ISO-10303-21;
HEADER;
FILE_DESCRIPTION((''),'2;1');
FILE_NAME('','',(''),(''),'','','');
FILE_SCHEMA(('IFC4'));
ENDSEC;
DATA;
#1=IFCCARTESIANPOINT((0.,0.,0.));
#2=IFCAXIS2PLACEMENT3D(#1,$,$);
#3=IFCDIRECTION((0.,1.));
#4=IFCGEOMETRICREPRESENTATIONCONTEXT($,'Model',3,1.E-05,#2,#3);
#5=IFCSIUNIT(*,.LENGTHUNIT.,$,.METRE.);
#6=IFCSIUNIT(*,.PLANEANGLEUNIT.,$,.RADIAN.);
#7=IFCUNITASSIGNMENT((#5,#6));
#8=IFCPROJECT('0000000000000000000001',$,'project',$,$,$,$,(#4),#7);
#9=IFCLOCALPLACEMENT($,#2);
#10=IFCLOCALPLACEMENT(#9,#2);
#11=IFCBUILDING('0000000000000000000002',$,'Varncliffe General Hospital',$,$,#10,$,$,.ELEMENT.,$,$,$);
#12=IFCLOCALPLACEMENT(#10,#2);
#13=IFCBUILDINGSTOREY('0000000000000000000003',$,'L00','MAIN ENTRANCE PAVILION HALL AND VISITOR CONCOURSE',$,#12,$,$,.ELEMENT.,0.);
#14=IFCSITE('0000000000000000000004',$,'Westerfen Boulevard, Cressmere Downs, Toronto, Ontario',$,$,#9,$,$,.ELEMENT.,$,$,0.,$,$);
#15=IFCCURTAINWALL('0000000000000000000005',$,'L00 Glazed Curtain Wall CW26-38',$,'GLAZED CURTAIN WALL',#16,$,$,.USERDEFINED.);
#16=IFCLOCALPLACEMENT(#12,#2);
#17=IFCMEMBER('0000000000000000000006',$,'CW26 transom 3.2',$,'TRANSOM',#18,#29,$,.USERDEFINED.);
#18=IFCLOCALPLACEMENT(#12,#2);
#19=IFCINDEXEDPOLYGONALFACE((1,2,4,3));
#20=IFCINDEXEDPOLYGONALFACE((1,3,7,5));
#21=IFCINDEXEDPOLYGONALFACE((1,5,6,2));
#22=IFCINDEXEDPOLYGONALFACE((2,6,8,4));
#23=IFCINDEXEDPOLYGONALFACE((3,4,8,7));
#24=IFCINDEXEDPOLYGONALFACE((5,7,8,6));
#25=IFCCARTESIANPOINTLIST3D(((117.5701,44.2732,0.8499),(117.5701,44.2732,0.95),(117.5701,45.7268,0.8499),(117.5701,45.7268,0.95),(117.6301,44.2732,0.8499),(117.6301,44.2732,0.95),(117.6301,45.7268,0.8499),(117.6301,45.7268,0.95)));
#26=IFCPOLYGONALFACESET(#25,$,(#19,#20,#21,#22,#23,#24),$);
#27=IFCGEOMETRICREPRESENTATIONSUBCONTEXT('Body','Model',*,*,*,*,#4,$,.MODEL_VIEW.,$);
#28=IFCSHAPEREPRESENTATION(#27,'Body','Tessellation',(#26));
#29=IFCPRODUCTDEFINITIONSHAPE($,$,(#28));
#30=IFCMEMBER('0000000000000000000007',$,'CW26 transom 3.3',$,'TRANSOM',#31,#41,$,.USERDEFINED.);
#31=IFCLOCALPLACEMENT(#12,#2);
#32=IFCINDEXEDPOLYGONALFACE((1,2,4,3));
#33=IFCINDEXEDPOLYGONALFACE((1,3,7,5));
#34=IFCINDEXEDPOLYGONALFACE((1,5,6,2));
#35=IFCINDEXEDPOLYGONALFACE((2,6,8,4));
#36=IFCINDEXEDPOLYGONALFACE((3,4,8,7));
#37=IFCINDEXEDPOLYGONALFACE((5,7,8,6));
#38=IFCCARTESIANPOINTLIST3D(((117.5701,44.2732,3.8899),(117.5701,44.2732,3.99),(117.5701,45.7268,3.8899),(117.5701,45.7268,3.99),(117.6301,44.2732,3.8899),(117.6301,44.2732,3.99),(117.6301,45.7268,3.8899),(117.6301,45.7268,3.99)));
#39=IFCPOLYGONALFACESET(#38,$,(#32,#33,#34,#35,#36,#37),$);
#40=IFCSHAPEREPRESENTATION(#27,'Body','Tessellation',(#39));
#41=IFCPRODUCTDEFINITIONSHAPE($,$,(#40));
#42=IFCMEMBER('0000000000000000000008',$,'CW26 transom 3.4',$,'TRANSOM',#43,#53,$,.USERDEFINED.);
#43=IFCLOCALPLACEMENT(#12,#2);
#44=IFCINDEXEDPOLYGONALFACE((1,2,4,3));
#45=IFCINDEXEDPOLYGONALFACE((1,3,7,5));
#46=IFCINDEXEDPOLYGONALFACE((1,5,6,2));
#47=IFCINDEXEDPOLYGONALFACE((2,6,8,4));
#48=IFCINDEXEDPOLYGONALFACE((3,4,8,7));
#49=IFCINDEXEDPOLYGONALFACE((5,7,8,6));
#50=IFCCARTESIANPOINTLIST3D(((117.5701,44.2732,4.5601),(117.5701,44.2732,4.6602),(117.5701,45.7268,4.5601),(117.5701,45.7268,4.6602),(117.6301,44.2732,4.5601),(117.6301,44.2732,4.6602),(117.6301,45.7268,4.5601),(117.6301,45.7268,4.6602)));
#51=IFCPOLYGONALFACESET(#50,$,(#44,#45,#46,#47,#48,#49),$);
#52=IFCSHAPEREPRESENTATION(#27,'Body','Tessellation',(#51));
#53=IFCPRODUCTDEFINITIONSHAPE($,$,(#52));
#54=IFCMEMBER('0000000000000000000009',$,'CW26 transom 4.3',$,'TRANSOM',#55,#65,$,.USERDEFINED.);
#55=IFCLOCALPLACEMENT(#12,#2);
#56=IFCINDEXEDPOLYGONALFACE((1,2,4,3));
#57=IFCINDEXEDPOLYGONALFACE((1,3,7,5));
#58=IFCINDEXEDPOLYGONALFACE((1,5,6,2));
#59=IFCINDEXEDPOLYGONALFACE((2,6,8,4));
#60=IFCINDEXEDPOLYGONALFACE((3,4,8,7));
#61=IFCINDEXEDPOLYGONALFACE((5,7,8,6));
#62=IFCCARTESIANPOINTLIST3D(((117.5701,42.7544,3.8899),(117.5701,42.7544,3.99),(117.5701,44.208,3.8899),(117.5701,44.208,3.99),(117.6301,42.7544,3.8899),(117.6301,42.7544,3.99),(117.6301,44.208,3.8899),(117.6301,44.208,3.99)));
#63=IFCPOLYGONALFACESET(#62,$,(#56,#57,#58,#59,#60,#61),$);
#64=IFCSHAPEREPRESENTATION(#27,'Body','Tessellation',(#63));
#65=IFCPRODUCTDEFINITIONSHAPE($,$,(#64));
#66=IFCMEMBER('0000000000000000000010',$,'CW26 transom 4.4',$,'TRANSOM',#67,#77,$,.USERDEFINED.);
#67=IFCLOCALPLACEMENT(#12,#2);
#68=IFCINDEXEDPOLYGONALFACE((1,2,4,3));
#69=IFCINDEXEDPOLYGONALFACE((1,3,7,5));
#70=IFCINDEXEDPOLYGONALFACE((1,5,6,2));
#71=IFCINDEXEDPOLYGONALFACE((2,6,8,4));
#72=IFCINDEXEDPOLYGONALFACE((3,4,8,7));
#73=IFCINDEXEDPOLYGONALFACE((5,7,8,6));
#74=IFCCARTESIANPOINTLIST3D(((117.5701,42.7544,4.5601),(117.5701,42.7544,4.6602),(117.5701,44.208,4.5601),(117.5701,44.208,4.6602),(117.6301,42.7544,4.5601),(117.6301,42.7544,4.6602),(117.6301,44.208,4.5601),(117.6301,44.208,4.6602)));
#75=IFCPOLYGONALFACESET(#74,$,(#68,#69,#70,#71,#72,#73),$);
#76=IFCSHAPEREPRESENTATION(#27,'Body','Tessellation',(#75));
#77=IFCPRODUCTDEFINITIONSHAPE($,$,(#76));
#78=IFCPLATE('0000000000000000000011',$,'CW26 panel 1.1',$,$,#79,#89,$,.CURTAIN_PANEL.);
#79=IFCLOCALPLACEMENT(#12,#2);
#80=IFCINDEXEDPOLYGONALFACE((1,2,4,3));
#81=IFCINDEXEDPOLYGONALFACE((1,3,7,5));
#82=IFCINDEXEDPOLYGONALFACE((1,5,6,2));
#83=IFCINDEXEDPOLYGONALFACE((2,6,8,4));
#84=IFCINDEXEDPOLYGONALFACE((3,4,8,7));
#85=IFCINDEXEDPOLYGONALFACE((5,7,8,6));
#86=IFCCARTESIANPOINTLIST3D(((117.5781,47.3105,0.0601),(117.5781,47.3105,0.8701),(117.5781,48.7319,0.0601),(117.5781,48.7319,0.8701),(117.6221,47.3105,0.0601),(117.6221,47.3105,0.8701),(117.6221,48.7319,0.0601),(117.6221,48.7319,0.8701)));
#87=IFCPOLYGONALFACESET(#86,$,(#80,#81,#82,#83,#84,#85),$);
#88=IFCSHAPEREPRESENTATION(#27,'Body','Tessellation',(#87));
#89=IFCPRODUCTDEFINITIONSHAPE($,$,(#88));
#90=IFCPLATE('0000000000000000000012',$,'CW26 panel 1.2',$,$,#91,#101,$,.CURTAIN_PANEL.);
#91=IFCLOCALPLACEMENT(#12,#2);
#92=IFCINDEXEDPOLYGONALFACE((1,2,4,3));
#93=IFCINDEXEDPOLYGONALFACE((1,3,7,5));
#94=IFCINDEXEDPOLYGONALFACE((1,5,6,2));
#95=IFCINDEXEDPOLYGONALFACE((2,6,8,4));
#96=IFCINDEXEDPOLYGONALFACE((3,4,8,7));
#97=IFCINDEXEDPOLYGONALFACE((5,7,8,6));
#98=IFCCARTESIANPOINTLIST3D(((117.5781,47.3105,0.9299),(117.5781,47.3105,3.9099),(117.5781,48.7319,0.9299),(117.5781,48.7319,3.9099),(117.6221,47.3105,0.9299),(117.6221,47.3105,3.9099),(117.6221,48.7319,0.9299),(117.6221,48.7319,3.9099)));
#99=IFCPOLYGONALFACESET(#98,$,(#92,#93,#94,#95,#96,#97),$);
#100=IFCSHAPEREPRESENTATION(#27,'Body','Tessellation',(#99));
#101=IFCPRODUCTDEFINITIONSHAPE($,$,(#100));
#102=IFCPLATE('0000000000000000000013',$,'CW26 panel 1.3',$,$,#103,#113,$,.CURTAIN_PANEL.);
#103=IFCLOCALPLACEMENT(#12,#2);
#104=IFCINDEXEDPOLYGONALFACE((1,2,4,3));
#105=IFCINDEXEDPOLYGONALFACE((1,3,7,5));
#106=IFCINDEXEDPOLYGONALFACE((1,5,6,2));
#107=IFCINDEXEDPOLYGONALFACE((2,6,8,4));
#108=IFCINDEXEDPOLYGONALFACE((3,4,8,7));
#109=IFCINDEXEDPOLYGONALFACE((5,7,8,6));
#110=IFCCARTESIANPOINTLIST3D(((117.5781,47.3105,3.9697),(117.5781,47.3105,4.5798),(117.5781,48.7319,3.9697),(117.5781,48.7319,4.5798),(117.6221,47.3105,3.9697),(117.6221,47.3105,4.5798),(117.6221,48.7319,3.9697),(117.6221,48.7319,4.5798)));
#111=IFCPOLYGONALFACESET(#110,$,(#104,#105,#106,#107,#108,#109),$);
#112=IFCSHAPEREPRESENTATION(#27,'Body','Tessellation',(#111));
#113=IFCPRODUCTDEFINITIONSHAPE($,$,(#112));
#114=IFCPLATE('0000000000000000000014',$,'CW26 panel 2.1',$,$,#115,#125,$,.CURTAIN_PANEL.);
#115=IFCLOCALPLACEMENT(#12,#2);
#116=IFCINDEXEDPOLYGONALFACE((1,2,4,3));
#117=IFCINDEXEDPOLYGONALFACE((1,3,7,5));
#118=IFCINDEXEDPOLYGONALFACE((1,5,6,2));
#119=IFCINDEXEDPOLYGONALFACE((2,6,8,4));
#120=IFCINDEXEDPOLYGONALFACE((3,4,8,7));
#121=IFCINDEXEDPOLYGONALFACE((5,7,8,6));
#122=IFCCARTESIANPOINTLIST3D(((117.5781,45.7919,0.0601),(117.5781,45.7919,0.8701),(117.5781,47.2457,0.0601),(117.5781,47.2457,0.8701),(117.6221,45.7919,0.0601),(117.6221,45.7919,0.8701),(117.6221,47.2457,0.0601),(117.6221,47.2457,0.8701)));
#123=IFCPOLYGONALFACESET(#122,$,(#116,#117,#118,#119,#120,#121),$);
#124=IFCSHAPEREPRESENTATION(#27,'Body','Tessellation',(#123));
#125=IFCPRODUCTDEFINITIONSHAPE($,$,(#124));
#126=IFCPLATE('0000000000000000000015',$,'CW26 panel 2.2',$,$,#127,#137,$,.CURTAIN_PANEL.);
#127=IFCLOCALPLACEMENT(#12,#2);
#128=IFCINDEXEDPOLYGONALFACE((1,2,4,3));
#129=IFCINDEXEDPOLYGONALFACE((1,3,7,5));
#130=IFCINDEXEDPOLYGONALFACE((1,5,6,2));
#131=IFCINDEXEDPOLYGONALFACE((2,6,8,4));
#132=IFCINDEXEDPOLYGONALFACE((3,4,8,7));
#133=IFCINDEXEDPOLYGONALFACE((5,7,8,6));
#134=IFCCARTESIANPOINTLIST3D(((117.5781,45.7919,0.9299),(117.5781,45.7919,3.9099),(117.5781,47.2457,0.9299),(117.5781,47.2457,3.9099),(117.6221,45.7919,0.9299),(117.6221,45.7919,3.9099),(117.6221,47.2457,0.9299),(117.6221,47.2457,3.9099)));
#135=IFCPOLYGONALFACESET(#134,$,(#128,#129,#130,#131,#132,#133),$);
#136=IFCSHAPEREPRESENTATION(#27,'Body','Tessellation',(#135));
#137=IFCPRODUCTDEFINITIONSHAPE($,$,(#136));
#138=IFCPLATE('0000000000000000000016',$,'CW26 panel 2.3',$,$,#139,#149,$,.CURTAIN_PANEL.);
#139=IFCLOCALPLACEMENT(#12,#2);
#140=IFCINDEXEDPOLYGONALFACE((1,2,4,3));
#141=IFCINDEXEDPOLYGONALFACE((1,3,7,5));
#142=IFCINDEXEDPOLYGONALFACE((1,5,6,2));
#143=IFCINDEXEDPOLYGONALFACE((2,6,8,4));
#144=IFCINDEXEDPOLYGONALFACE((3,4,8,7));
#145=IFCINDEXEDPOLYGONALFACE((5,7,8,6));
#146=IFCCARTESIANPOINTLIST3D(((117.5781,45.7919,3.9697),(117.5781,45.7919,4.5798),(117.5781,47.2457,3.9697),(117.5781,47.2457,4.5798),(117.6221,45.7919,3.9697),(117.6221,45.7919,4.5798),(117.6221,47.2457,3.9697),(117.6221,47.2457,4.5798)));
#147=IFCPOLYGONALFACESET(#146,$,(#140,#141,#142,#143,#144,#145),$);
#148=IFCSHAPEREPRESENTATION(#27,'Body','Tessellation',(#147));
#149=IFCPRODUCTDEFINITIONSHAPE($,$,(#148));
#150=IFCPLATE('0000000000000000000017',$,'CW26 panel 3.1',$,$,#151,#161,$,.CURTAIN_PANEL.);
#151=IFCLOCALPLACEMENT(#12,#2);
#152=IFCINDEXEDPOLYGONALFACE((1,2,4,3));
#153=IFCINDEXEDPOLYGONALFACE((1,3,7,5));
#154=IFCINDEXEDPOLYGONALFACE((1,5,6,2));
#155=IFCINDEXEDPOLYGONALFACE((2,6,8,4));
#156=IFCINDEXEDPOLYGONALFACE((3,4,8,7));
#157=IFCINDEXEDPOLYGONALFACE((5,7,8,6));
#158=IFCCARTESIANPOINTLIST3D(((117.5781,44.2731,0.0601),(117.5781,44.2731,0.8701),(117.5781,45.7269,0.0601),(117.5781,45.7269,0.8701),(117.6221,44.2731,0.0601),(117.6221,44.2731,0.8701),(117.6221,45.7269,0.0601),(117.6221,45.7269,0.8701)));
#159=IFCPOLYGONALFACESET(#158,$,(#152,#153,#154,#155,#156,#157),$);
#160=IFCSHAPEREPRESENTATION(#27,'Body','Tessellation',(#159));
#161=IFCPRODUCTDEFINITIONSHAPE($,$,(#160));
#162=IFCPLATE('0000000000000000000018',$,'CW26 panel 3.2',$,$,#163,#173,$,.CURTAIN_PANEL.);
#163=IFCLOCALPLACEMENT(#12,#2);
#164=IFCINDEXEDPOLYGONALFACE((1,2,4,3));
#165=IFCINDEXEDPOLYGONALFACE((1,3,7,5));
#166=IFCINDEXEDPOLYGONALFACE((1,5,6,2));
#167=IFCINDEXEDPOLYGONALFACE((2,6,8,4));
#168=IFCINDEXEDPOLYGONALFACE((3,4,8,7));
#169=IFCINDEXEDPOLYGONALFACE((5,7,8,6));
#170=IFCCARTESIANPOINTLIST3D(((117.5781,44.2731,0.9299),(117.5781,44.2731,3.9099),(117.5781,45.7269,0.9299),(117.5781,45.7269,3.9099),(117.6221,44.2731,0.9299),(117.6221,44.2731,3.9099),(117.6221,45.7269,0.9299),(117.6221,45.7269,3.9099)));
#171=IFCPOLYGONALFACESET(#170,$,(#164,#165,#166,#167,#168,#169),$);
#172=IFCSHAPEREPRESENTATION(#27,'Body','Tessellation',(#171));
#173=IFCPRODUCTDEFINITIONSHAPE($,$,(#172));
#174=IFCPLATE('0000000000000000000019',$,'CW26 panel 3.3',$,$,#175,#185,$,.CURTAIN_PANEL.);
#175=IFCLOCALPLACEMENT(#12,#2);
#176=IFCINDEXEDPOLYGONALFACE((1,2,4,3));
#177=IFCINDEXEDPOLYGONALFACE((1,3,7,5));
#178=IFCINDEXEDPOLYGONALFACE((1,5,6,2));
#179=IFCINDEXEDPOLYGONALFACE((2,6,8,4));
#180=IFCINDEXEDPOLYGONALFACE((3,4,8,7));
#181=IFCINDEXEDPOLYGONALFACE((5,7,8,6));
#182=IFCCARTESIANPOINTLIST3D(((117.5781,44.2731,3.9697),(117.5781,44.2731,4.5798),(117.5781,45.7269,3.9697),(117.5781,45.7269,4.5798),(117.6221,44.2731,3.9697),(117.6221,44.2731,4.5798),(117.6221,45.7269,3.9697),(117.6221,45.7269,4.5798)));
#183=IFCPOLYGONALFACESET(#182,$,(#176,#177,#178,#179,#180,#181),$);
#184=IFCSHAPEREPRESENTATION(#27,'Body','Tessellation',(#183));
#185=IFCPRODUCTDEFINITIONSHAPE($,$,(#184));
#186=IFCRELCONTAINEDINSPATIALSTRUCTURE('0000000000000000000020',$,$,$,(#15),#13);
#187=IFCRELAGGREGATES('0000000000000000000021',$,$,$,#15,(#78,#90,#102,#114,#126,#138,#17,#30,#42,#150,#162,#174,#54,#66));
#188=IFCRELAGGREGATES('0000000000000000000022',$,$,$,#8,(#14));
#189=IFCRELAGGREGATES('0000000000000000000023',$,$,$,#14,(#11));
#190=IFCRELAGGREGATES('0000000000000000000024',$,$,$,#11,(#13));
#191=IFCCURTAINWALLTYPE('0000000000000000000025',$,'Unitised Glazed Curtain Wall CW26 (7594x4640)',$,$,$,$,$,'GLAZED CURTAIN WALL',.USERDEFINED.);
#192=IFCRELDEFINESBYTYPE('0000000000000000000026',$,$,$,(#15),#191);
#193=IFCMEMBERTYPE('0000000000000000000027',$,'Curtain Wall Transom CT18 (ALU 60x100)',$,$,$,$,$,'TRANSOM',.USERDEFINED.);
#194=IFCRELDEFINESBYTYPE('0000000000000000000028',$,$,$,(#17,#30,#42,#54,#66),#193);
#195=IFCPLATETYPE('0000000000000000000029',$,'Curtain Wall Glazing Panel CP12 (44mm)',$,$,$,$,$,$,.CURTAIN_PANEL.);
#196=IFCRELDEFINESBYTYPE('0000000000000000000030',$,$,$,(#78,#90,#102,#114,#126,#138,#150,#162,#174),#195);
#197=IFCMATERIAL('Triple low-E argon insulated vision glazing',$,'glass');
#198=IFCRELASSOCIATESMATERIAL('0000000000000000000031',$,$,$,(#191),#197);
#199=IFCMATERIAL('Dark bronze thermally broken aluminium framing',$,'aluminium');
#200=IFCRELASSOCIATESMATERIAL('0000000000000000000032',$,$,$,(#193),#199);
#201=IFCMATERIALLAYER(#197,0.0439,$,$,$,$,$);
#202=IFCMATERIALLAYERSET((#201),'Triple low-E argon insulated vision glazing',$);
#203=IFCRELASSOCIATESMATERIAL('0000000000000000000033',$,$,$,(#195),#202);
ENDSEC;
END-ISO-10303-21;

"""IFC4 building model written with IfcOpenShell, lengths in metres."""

from ifc_helpers import new_model, si_unit, direction, frame, origin, origin_2d, place, context, subcontext, project, spatial, rectangle, extrude, material, layer, layer_set, material_profile, profile_set, type_object, element, aggregate, save


model = new_model("IFC4")

# Units and contexts
model_context = context("Model", 3, precision=1e-05, world=origin(), true_north=direction((0.0, 1.0)))
body_context = subcontext(model_context, "Body", "Model", "MODEL_VIEW")
ifc_project = project(units=[si_unit("LENGTHUNIT", "METRE"), si_unit("PLANEANGLEUNIT", "RADIAN")], contexts=[model_context])

# Site, building, storey
site_placement = place(None, origin())
site = spatial("IfcSite", under=ifc_project, at=site_placement, Name="Westerfen Boulevard, Cressmere Downs, Toronto, Ontario", CompositionType="ELEMENT", RefElevation=0.0)
building_placement = place(site_placement, origin())
building = spatial("IfcBuilding", under=site, at=building_placement, Name="Varncliffe General Hospital", CompositionType="ELEMENT")
storey_placement = place(building_placement, origin())
storey = spatial("IfcBuildingStorey", under=building, at=storey_placement, Name="L00", Description="MAIN ENTRANCE PAVILION HALL AND VISITOR CONCOURSE", CompositionType="ELEMENT", Elevation=0.0)

# Curtain wall, members, plates
ifc_material_1 = material(Name="Triple low-E argon insulated vision glazing", Category="glass")
curtain_wall_type = type_object("IfcCurtainWallType", Name="Unitised Glazed Curtain Wall CW26 (7594x4640)", ElementType="GLAZED CURTAIN WALL", PredefinedType="USERDEFINED", material=ifc_material_1)
curtain_wall_placement = place(storey_placement, origin())
curtain_wall = element("IfcCurtainWall", 1, at=curtain_wall_placement, inside=storey, type_object=curtain_wall_type, Name="L00 Glazed Curtain Wall CW26-38", ObjectType="GLAZED CURTAIN WALL", PredefinedType="USERDEFINED")
ifc_material_2 = material(Name="Dark bronze thermally broken aluminium framing", Category="aluminium")
ifc_material_profile_1 = material_profile(ifc_material_2, rectangle(XDim=0.0601, YDim=0.1001, at=origin_2d()), Name="ALU 60x100")
ifc_profile_set_1 = profile_set([ifc_material_profile_1], Name="Dark bronze thermally broken aluminium framing")
member_type_1 = type_object("IfcMemberType", Name="Curtain Wall Transom CT18 (ALU 60x100)", ElementType="TRANSOM", PredefinedType="USERDEFINED", material=ifc_profile_set_1)
member_1_placement = place(storey_placement, frame((117.6001, 45.7268, 0.8999), z_axis=(0.0, -1.0, 0.0), x_axis=(1.0, 0.0, 0.0)))
member_1 = element("IfcMember", 2, at=member_1_placement, type_object=member_type_1, Name="CW26 transom 3.2", ObjectType="TRANSOM", PredefinedType="USERDEFINED", context=body_context, shape_type="SweptSolid", body=[
    extrude(rectangle(XDim=0.0601, YDim=0.1001, at=origin_2d()), origin(), (0.0, 0.0, 1.0), 1.4536),
])
member_2_placement = place(storey_placement, frame((117.6001, 45.7268, 3.9399), z_axis=(0.0, -1.0, 0.0), x_axis=(1.0, 0.0, 0.0)))
member_2 = element("IfcMember", 3, at=member_2_placement, type_object=member_type_1, Name="CW26 transom 3.3", ObjectType="TRANSOM", PredefinedType="USERDEFINED", context=body_context, shape_type="SweptSolid", body=[
    extrude(rectangle(XDim=0.0601, YDim=0.1001, at=origin_2d()), origin(), (0.0, 0.0, 1.0), 1.4536),
])
member_3_placement = place(storey_placement, frame((117.6001, 45.7268, 4.6101), z_axis=(0.0, -1.0, 0.0), x_axis=(1.0, 0.0, 0.0)))
member_3 = element("IfcMember", 4, at=member_3_placement, type_object=member_type_1, Name="CW26 transom 3.4", ObjectType="TRANSOM", PredefinedType="USERDEFINED", context=body_context, shape_type="SweptSolid", body=[
    extrude(rectangle(XDim=0.0601, YDim=0.1001, at=origin_2d()), origin(), (0.0, 0.0, 1.0), 1.4536),
])
member_4_placement = place(storey_placement, frame((117.6001, 44.208, 3.9399), z_axis=(0.0, -1.0, 0.0), x_axis=(1.0, 0.0, 0.0)))
member_4 = element("IfcMember", 5, at=member_4_placement, type_object=member_type_1, Name="CW26 transom 4.3", ObjectType="TRANSOM", PredefinedType="USERDEFINED", context=body_context, shape_type="SweptSolid", body=[
    extrude(rectangle(XDim=0.0601, YDim=0.1001, at=origin_2d()), origin(), (0.0, 0.0, 1.0), 1.4536),
])
member_5_placement = place(storey_placement, frame((117.6001, 44.208, 4.6101), z_axis=(0.0, -1.0, 0.0), x_axis=(1.0, 0.0, 0.0)))
member_5 = element("IfcMember", 6, at=member_5_placement, type_object=member_type_1, Name="CW26 transom 4.4", ObjectType="TRANSOM", PredefinedType="USERDEFINED", context=body_context, shape_type="SweptSolid", body=[
    extrude(rectangle(XDim=0.0601, YDim=0.1001, at=origin_2d()), origin(), (0.0, 0.0, 1.0), 1.4536),
])
ifc_layer = layer(ifc_material_1, 0.0439)
ifc_layer_set = layer_set([ifc_layer], Name="Triple low-E argon insulated vision glazing")
plate_type = type_object("IfcPlateType", Name="Curtain Wall Glazing Panel CP12 (44mm)", PredefinedType="CURTAIN_PANEL", material=ifc_layer_set)
plate_1_placement = place(storey_placement, frame((117.6001, 48.0212, 0.0601), z_axis=(0.0, 0.0, 1.0), x_axis=(0.0, -1.0, 0.0)))
plate_1 = element("IfcPlate", 7, at=plate_1_placement, type_object=plate_type, Name="CW26 panel 1.1", PredefinedType="CURTAIN_PANEL", context=body_context, shape_type="SweptSolid", body=[
    extrude(rectangle(XDim=1.4214, YDim=0.0439, at=origin_2d()), origin(), (0.0, 0.0, 1.0), 0.8101),
])
plate_2_placement = place(storey_placement, frame((117.6001, 48.0212, 0.9299), z_axis=(0.0, 0.0, 1.0), x_axis=(0.0, -1.0, 0.0)))
plate_2 = element("IfcPlate", 8, at=plate_2_placement, type_object=plate_type, Name="CW26 panel 1.2", PredefinedType="CURTAIN_PANEL", context=body_context, shape_type="SweptSolid", body=[
    extrude(rectangle(XDim=1.4214, YDim=0.0439, at=origin_2d()), origin(), (0.0, 0.0, 1.0), 2.98),
])
plate_3_placement = place(storey_placement, frame((117.6001, 48.0212, 3.9697), z_axis=(0.0, 0.0, 1.0), x_axis=(0.0, -1.0, 0.0)))
plate_3 = element("IfcPlate", 9, at=plate_3_placement, type_object=plate_type, Name="CW26 panel 1.3", PredefinedType="CURTAIN_PANEL", context=body_context, shape_type="SweptSolid", body=[
    extrude(rectangle(XDim=1.4214, YDim=0.0439, at=origin_2d()), origin(), (0.0, 0.0, 1.0), 0.6101),
])
plate_4_placement = place(storey_placement, frame((117.6001, 46.5188, 0.0601), z_axis=(0.0, 0.0, 1.0), x_axis=(0.0, -1.0, 0.0)))
plate_4 = element("IfcPlate", 10, at=plate_4_placement, type_object=plate_type, Name="CW26 panel 2.1", PredefinedType="CURTAIN_PANEL", context=body_context, shape_type="SweptSolid", body=[
    extrude(rectangle(XDim=1.4539, YDim=0.0439, at=origin_2d()), origin(), (0.0, 0.0, 1.0), 0.8101),
])
plate_5_placement = place(storey_placement, frame((117.6001, 46.5188, 0.9299), z_axis=(0.0, 0.0, 1.0), x_axis=(0.0, -1.0, 0.0)))
plate_5 = element("IfcPlate", 11, at=plate_5_placement, type_object=plate_type, Name="CW26 panel 2.2", PredefinedType="CURTAIN_PANEL", context=body_context, shape_type="SweptSolid", body=[
    extrude(rectangle(XDim=1.4539, YDim=0.0439, at=origin_2d()), origin(), (0.0, 0.0, 1.0), 2.98),
])
plate_6_placement = place(storey_placement, frame((117.6001, 46.5188, 3.9697), z_axis=(0.0, 0.0, 1.0), x_axis=(0.0, -1.0, 0.0)))
plate_6 = element("IfcPlate", 12, at=plate_6_placement, type_object=plate_type, Name="CW26 panel 2.3", PredefinedType="CURTAIN_PANEL", context=body_context, shape_type="SweptSolid", body=[
    extrude(rectangle(XDim=1.4539, YDim=0.0439, at=origin_2d()), origin(), (0.0, 0.0, 1.0), 0.6101),
])
plate_7_placement = place(storey_placement, frame((117.6001, 45.0, 0.0601), z_axis=(0.0, 0.0, 1.0), x_axis=(0.0, -1.0, 0.0)))
plate_7 = element("IfcPlate", 13, at=plate_7_placement, type_object=plate_type, Name="CW26 panel 3.1", PredefinedType="CURTAIN_PANEL", context=body_context, shape_type="SweptSolid", body=[
    extrude(rectangle(XDim=1.4539, YDim=0.0439, at=origin_2d()), origin(), (0.0, 0.0, 1.0), 0.8101),
])
plate_8_placement = place(storey_placement, frame((117.6001, 45.0, 0.9299), z_axis=(0.0, 0.0, 1.0), x_axis=(0.0, -1.0, 0.0)))
plate_8 = element("IfcPlate", 14, at=plate_8_placement, type_object=plate_type, Name="CW26 panel 3.2", PredefinedType="CURTAIN_PANEL", context=body_context, shape_type="SweptSolid", body=[
    extrude(rectangle(XDim=1.4539, YDim=0.0439, at=origin_2d()), origin(), (0.0, 0.0, 1.0), 2.98),
])
plate_9_placement = place(storey_placement, frame((117.6001, 45.0, 3.9697), z_axis=(0.0, 0.0, 1.0), x_axis=(0.0, -1.0, 0.0)))
plate_9 = element("IfcPlate", 15, at=plate_9_placement, type_object=plate_type, Name="CW26 panel 3.3", PredefinedType="CURTAIN_PANEL", context=body_context, shape_type="SweptSolid", body=[
    extrude(rectangle(XDim=1.4539, YDim=0.0439, at=origin_2d()), origin(), (0.0, 0.0, 1.0), 0.6101),
])
aggregate(curtain_wall, [plate_1, plate_2, plate_3, plate_4, plate_5, plate_6, member_1, member_2, member_3, plate_7, plate_8, plate_9, member_4, member_5])

save(model, "model.ifc")
